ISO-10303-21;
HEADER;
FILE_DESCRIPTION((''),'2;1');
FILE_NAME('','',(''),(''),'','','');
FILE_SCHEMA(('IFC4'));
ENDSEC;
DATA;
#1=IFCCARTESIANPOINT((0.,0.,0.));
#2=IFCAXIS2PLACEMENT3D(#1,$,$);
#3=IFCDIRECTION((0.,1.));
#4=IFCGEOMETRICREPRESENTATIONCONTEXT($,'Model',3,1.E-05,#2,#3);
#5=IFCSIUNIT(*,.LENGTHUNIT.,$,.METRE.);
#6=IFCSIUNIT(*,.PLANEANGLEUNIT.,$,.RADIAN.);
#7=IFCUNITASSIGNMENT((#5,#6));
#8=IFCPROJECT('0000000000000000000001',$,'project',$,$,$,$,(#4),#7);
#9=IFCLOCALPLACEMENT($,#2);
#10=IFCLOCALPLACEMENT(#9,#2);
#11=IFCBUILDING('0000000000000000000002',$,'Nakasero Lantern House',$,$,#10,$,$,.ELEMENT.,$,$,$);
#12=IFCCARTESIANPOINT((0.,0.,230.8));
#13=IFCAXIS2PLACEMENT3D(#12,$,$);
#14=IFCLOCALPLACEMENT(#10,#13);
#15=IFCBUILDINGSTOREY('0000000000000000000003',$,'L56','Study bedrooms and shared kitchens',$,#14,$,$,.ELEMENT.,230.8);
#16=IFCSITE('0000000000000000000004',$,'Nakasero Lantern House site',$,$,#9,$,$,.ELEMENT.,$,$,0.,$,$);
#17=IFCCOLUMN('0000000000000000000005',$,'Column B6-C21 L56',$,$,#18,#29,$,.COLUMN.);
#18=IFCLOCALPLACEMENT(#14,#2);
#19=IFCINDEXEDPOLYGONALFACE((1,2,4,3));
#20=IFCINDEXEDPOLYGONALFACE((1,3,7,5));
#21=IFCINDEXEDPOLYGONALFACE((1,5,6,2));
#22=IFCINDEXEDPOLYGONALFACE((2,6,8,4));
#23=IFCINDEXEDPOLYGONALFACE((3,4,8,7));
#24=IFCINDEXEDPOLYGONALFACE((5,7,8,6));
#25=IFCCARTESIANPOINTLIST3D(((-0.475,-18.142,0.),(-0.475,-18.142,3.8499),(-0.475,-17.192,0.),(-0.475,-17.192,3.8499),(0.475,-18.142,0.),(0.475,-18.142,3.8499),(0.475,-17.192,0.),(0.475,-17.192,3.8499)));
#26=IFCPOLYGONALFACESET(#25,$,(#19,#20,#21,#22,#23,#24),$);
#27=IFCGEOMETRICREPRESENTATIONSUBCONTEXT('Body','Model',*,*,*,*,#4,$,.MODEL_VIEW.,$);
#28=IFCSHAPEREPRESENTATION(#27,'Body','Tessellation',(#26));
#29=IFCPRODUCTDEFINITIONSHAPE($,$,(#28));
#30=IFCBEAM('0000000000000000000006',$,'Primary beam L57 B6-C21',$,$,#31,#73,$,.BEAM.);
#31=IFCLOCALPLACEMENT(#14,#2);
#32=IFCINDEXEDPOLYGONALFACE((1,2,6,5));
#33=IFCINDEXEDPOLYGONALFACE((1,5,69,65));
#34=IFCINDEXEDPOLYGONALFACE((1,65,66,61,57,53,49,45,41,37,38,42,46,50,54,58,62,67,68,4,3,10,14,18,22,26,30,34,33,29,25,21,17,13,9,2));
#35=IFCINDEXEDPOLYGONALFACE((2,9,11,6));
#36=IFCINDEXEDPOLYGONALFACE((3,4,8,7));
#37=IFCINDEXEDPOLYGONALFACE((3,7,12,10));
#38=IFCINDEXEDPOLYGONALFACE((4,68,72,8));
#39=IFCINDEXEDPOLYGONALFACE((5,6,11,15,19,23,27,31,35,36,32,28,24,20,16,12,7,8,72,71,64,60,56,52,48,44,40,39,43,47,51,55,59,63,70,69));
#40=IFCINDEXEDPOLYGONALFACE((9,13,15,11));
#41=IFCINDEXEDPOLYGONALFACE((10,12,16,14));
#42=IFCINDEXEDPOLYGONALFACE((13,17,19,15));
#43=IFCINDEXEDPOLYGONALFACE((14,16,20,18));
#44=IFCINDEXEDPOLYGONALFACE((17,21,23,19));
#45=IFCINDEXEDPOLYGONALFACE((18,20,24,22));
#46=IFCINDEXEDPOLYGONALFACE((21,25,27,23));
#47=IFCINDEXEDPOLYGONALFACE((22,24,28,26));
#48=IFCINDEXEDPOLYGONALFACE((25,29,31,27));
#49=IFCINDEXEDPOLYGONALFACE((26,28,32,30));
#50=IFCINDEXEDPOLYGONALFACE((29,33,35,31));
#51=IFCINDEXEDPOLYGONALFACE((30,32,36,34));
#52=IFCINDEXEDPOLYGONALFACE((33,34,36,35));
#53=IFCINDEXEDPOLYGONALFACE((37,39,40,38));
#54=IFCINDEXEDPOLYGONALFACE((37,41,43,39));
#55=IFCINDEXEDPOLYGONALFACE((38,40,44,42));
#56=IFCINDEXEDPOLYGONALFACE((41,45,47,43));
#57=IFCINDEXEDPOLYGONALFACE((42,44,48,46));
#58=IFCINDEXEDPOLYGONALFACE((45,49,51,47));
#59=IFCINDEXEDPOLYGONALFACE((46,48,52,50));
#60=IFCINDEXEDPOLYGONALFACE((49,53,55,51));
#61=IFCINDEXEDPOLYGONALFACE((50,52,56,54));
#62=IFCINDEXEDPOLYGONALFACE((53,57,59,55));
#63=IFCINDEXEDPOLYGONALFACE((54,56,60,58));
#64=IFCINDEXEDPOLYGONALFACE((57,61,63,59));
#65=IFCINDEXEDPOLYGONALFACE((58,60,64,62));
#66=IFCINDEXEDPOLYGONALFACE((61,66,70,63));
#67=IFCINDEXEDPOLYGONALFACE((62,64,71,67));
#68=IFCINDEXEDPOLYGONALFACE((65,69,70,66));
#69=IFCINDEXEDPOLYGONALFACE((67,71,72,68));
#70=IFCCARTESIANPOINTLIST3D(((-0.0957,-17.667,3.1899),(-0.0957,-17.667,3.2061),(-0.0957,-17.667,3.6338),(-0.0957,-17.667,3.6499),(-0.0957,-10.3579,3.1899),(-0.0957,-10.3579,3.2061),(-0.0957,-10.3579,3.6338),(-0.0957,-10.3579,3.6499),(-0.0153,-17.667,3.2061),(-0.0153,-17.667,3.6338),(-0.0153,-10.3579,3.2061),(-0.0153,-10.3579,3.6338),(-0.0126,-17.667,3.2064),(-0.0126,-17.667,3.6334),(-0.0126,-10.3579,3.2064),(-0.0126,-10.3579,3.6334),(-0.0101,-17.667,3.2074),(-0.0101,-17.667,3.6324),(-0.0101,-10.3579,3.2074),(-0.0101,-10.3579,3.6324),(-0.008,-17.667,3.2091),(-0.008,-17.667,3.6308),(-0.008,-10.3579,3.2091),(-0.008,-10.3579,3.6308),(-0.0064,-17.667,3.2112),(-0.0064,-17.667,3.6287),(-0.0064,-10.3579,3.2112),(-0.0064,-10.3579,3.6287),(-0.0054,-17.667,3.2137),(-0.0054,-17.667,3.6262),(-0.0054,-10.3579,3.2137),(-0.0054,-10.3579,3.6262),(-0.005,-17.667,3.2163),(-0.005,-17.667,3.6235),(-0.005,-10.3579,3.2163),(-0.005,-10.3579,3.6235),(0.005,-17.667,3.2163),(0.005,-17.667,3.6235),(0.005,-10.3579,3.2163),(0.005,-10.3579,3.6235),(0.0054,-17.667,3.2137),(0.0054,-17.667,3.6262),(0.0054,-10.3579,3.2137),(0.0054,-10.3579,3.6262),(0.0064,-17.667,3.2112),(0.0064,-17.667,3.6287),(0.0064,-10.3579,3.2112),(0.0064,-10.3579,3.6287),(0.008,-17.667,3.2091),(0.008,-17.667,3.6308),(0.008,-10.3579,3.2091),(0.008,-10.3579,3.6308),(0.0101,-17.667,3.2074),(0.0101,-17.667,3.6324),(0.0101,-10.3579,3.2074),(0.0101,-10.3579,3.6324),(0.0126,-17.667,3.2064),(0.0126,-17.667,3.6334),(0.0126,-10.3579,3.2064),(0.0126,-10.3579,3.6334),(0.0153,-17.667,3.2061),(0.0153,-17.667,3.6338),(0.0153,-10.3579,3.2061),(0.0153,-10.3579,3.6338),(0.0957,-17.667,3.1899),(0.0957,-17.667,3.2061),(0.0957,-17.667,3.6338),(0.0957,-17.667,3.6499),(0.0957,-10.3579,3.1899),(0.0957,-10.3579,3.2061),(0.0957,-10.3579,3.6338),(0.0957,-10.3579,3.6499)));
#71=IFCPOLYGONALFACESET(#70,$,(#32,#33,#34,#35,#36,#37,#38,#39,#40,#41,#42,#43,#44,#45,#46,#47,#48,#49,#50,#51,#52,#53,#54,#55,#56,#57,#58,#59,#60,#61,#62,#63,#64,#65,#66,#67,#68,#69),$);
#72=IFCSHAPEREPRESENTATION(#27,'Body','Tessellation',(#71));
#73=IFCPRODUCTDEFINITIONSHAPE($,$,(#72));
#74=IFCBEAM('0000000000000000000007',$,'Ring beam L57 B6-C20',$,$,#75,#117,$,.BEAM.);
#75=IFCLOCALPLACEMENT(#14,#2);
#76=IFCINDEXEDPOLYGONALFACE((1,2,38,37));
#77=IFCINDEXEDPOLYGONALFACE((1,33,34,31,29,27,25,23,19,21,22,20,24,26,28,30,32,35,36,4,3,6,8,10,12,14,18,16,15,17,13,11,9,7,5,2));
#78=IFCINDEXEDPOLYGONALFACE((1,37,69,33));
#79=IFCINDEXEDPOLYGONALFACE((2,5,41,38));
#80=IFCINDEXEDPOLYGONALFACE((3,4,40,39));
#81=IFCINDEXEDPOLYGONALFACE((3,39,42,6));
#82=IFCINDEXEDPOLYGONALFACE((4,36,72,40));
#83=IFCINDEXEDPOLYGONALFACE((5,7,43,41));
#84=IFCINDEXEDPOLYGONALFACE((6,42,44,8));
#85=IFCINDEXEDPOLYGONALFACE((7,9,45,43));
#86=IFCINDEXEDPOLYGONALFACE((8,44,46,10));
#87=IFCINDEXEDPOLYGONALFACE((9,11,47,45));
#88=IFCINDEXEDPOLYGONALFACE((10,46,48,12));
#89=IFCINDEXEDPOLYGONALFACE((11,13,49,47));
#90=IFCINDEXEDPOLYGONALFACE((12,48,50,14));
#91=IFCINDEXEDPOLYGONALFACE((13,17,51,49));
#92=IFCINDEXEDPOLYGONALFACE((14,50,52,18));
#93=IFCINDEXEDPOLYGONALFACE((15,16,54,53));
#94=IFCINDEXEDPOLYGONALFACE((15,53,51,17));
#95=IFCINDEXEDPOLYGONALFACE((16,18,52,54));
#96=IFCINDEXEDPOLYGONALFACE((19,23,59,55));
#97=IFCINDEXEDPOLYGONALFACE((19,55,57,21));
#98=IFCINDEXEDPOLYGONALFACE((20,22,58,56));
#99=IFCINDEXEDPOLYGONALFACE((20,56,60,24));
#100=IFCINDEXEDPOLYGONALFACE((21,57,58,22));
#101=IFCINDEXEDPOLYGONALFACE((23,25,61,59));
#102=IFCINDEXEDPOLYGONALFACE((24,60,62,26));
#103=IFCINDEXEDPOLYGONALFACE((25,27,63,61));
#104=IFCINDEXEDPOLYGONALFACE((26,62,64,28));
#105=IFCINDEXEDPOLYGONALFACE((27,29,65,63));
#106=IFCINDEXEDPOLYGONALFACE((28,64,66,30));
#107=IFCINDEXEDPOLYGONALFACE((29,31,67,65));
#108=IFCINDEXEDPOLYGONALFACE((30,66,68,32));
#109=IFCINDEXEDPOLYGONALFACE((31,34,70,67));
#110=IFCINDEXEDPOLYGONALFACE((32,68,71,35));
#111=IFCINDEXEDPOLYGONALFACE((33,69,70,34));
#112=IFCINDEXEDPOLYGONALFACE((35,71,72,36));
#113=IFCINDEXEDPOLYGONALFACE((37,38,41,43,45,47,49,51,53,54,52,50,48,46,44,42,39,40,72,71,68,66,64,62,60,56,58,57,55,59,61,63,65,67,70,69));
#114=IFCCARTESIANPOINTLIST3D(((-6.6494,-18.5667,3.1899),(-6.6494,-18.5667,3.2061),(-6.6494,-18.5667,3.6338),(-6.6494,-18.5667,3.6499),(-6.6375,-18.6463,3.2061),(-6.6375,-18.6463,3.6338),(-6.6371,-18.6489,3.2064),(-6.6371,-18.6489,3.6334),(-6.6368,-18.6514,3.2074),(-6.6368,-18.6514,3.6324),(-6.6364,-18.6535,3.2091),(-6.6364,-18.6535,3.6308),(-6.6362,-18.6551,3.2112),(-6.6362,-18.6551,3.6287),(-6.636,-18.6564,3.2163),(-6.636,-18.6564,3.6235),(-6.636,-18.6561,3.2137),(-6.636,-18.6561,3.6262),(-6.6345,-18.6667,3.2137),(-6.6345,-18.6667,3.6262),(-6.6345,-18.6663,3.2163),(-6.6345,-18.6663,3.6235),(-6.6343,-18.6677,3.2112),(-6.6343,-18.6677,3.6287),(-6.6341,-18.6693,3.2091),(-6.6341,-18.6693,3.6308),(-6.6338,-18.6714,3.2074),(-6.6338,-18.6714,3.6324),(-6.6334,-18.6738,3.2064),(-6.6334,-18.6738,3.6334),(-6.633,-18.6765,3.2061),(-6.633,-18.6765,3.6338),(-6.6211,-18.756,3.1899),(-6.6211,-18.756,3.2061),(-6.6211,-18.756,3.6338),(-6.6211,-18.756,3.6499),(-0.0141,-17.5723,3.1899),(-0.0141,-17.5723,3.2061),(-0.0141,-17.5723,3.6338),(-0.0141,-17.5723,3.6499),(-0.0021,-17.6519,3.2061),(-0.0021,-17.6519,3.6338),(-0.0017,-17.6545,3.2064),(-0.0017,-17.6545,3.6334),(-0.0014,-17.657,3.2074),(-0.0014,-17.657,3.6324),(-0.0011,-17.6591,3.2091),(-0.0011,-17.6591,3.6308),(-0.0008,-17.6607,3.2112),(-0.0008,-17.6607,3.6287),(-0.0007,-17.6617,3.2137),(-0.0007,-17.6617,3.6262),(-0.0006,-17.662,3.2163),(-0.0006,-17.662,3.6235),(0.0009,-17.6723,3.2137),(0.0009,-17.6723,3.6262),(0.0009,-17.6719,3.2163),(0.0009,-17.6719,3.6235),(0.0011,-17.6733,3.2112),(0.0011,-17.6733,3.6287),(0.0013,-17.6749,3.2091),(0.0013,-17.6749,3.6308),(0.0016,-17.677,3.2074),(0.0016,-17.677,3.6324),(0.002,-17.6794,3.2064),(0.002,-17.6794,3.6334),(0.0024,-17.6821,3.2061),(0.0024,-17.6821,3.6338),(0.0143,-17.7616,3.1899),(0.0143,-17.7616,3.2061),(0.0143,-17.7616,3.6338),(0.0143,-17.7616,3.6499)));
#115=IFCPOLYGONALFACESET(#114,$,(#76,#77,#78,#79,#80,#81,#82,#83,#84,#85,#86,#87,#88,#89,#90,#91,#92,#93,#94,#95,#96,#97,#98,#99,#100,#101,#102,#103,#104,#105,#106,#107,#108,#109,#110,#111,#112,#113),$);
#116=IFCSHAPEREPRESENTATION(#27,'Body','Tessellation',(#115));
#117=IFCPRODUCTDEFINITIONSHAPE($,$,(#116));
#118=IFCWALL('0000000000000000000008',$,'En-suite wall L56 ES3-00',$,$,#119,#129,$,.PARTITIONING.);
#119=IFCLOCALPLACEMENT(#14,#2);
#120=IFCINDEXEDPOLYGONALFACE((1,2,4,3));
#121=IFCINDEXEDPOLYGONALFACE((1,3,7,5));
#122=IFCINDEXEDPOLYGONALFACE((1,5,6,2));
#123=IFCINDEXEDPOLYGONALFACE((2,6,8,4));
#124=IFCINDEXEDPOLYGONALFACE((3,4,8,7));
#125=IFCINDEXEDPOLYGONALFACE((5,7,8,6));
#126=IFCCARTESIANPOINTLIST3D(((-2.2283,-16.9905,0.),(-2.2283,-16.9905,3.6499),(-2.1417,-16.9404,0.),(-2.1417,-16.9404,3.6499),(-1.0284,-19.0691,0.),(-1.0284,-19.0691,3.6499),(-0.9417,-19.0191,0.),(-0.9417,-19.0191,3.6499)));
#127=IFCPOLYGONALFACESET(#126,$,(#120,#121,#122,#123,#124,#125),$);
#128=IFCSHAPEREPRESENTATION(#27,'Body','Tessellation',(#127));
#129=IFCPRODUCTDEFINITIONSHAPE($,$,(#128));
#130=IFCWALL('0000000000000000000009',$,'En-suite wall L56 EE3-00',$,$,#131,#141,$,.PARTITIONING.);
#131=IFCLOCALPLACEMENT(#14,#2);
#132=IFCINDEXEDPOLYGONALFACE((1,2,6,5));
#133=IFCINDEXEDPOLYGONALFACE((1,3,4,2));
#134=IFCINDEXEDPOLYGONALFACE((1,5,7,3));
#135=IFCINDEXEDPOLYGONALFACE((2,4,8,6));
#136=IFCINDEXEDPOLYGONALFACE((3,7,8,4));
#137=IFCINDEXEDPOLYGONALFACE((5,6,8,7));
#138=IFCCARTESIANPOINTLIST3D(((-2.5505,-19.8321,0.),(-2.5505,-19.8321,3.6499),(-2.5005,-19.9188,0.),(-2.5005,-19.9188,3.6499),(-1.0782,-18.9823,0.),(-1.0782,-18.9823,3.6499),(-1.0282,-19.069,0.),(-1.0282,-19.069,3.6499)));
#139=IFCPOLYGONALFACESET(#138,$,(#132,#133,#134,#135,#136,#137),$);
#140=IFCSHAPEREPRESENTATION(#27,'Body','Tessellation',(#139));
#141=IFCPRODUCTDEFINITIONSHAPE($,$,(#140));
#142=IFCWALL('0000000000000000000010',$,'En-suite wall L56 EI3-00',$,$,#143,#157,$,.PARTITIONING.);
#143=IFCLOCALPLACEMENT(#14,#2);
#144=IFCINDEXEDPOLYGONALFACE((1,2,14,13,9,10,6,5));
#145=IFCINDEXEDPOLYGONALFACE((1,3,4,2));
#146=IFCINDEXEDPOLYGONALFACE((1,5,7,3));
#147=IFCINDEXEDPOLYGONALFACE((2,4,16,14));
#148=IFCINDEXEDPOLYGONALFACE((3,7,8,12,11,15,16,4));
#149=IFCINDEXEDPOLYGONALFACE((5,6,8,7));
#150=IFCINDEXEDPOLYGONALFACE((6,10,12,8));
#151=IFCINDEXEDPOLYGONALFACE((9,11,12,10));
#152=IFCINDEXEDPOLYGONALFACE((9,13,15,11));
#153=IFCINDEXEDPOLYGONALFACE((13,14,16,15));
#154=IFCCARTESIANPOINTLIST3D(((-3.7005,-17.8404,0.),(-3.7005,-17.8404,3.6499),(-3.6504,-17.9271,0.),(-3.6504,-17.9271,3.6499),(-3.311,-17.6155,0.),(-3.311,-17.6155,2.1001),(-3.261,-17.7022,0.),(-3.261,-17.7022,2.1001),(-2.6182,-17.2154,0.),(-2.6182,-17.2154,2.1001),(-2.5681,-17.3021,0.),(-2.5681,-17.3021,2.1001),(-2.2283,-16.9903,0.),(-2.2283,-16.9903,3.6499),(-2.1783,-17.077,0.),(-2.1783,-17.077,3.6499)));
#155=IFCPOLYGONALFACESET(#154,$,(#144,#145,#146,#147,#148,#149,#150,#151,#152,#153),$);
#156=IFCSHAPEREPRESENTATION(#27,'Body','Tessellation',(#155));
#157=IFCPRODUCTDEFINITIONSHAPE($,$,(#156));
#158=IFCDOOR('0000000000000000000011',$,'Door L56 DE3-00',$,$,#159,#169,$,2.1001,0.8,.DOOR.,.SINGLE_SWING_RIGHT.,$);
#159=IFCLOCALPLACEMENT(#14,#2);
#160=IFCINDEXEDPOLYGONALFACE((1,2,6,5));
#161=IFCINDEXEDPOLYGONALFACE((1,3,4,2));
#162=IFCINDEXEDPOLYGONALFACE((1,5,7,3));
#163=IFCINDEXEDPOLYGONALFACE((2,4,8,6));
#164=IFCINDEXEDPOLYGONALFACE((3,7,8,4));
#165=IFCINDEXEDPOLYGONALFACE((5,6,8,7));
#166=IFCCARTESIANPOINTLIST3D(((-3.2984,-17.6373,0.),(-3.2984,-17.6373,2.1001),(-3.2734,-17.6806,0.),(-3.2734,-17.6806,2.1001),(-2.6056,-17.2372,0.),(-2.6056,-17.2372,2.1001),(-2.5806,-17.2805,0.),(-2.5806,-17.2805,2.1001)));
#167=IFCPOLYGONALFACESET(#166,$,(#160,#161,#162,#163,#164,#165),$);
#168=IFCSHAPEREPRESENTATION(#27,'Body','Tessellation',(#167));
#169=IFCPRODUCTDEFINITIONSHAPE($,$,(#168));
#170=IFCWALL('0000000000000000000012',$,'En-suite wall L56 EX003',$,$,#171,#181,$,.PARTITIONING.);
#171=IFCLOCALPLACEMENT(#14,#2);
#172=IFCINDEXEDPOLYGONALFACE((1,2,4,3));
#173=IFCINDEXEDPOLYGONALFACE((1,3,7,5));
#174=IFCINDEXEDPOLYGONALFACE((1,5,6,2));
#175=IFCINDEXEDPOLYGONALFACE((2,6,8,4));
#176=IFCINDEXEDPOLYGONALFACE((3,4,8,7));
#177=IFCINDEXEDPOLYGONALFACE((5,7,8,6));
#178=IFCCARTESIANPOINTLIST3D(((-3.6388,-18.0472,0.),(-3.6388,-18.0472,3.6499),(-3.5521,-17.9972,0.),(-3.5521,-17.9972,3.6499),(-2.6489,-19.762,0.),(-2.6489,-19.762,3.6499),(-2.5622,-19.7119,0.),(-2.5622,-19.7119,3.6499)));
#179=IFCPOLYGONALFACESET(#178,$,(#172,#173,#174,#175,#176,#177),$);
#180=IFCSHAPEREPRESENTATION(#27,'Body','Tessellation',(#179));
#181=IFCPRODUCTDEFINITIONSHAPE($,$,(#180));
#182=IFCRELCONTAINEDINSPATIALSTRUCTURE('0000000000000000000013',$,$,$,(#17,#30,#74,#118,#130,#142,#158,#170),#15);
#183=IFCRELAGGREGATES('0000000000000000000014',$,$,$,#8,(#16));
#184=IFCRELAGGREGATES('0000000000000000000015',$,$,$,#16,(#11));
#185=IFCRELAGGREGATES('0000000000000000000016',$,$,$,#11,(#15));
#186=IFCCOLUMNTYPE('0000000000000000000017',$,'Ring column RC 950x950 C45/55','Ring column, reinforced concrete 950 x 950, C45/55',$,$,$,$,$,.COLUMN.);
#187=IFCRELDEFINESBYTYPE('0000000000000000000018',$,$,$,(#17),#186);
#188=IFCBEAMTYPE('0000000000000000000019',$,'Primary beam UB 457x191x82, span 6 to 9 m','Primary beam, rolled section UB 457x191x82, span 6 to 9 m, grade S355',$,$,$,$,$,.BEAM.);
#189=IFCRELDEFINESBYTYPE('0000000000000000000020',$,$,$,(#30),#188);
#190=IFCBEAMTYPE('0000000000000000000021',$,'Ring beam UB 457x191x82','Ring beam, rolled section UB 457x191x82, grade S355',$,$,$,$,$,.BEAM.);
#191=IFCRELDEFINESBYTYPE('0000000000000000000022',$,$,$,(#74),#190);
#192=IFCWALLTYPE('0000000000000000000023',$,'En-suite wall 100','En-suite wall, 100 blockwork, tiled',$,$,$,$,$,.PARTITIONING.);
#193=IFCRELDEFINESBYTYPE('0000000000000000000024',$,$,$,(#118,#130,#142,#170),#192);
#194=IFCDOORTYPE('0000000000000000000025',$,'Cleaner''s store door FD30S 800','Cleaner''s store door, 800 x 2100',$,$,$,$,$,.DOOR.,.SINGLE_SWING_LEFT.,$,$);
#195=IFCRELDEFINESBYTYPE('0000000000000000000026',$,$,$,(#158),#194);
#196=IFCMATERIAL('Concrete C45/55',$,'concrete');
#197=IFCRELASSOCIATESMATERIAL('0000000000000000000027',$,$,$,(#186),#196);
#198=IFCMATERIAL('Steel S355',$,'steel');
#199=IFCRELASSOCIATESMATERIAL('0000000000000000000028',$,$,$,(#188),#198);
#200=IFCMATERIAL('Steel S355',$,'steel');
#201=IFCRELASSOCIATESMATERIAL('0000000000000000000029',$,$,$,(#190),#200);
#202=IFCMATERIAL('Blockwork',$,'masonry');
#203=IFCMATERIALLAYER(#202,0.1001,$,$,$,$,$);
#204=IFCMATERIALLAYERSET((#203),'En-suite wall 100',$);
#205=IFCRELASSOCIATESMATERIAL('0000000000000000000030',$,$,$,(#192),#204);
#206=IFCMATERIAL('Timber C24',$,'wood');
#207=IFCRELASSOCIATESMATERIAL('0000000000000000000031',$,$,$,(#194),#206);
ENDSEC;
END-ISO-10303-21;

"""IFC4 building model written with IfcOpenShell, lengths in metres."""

from ifc_helpers import new_model, si_unit, direction, frame, frame_2d, origin, origin_2d, place, context, subcontext, project, spatial, rectangle, i_section, extrude, material, layer, layer_set, material_profile, profile_set, type_object, element, fill, save


model = new_model("IFC4")

# Units and contexts
model_context = context("Model", 3, precision=1e-05, world=origin(), true_north=direction((0.0, 1.0)))
body_context = subcontext(model_context, "Body", "Model", "MODEL_VIEW")
ifc_project = project(units=[si_unit("LENGTHUNIT", "METRE"), si_unit("PLANEANGLEUNIT", "RADIAN")], contexts=[model_context])

# Site, building, storey
site_placement = place(None, origin())
site = spatial("IfcSite", under=ifc_project, at=site_placement, Name="Nakasero Lantern House site", CompositionType="ELEMENT", RefElevation=0.0)
building_placement = place(site_placement, origin())
building = spatial("IfcBuilding", under=site, at=building_placement, Name="Nakasero Lantern House", CompositionType="ELEMENT")
storey_placement = place(building_placement, frame((0.0, 0.0, 230.8)))
storey = spatial("IfcBuildingStorey", under=building, at=storey_placement, Name="L56", Description="Study bedrooms and shared kitchens", CompositionType="ELEMENT", Elevation=230.8)

# Column
ifc_material_1 = material(Name="Concrete C45/55", Category="concrete")
ifc_material_profile_1 = material_profile(ifc_material_1, rectangle(XDim=0.95, YDim=0.95, at=origin_2d()), Name="RC 950x950")
ifc_profile_set_1 = profile_set([ifc_material_profile_1], Name="Concrete C45/55")
column_type = type_object("IfcColumnType", Name="Ring column RC 950x950 C45/55", Description="Ring column, reinforced concrete 950 x 950, C45/55", PredefinedType="COLUMN", material=ifc_profile_set_1)
column_placement = place(storey_placement, frame((0.0, -17.667, 0.0), z_axis=(0.0, 0.0, 1.0), x_axis=(1.0, 0.0, 0.0)))
element("IfcColumn", 1, at=column_placement, inside=storey, type_object=column_type, Name="Column B6-C21 L56", PredefinedType="COLUMN", context=body_context, shape_type="SweptSolid", body=[
    extrude(rectangle(XDim=0.95, YDim=0.95, at=origin_2d()), origin(), (0.0, 0.0, 1.0), 3.8499),
])

# Beams
ifc_material_2 = material(Name="Steel S355", Category="steel")
ifc_material_profile_2 = material_profile(ifc_material_2, i_section(OverallWidth=0.1914, OverallDepth=0.46, WebThickness=0.01, FlangeThickness=0.0161, FilletRadius=0.0103, at=origin_2d()), Name="UB 457x191x82")
ifc_profile_set_2 = profile_set([ifc_material_profile_2], Name="Steel S355")
beam_type_1 = type_object("IfcBeamType", Name="Primary beam UB 457x191x82, span 6 to 9 m", Description="Primary beam, rolled section UB 457x191x82, span 6 to 9 m, grade S355", PredefinedType="BEAM", material=ifc_profile_set_2)
beam_1_placement = place(storey_placement, frame((0.0, -17.667, 3.4199), z_axis=(0.0, 1.0, 0.0), x_axis=(-1.0, 0.0, 0.0)))
element("IfcBeam", 2, at=beam_1_placement, inside=storey, type_object=beam_type_1, Name="Primary beam L57 B6-C21", PredefinedType="BEAM", context=body_context, shape_type="SweptSolid", body=[
    extrude(i_section(OverallWidth=0.1914, OverallDepth=0.46, WebThickness=0.01, FlangeThickness=0.0161, FilletRadius=0.0103, at=origin_2d()), origin(), (0.0, 0.0, 1.0), 7.3091),
])
ifc_material_3 = material(Name="Steel S355", Category="steel")
ifc_material_profile_3 = material_profile(ifc_material_3, i_section(OverallWidth=0.1914, OverallDepth=0.46, WebThickness=0.01, FlangeThickness=0.0161, FilletRadius=0.0103, at=origin_2d()), Name="UB 457x191x82")
ifc_profile_set_3 = profile_set([ifc_material_profile_3], Name="Steel S355")
beam_type_2 = type_object("IfcBeamType", Name="Ring beam UB 457x191x82", Description="Ring beam, rolled section UB 457x191x82, grade S355", PredefinedType="BEAM", material=ifc_profile_set_3)
beam_2_placement = place(storey_placement, frame((-6.6353, -18.6614, 3.4199), z_axis=(0.988956, 0.148209, 0.0), x_axis=(-0.148209, 0.988956, 0.0)))
element("IfcBeam", 3, at=beam_2_placement, inside=storey, type_object=beam_type_2, Name="Ring beam L57 B6-C20", PredefinedType="BEAM", context=body_context, shape_type="SweptSolid", body=[
    extrude(i_section(OverallWidth=0.1914, OverallDepth=0.46, WebThickness=0.01, FlangeThickness=0.0161, FilletRadius=0.0103, at=origin_2d()), origin(), (0.0, 0.0, 1.0), 6.7095),
])

# Walls
ifc_material_4 = material(Name="Blockwork", Category="masonry")
ifc_layer_1 = layer(ifc_material_4, 0.1001)
ifc_layer_set_1 = layer_set([ifc_layer_1], Name="En-suite wall 100")
wall_type_1 = type_object("IfcWallType", Name="En-suite wall 100", Description="En-suite wall, 100 blockwork, tiled", PredefinedType="PARTITIONING", material=ifc_layer_set_1)
wall_1_placement = place(storey_placement, frame((-2.1851, -16.9653, 0.0), z_axis=(0.0, 0.0, 1.0), x_axis=(0.499957, -0.86605, 0.0)))
element("IfcWall", 4, at=wall_1_placement, inside=storey, type_object=wall_type_1, Name="En-suite wall L56 ES3-00", PredefinedType="PARTITIONING", context=body_context, shape_type="SweptSolid", body=[
    extrude(rectangle(XDim=2.4001, YDim=0.1001, at=frame_2d((1.2002, 0.0))), origin(), (0.0, 0.0, 1.0), 3.6499),
])
wall_2_placement = place(storey_placement, frame((-2.5256, -19.8755, 0.0), z_axis=(0.0, 0.0, 1.0), x_axis=(0.866088, 0.499892, 0.0)))
element("IfcWall", 5, at=wall_2_placement, inside=storey, type_object=wall_type_1, Name="En-suite wall L56 EE3-00", PredefinedType="PARTITIONING", context=body_context, shape_type="SweptSolid", body=[
    extrude(rectangle(XDim=1.7, YDim=0.1001, at=frame_2d((0.8501, 0.0))), origin(), (0.0, 0.0, 1.0), 3.6499),
])

# Wall, opening, door
wall_3_placement = place(storey_placement, frame((-3.6755, -17.8838, 0.0), z_axis=(0.0, 0.0, 1.0), x_axis=(0.865989, 0.500062, 0.0)))
wall_3 = element("IfcWall", 6, at=wall_3_placement, inside=storey, type_object=wall_type_1, Name="En-suite wall L56 EI3-00", PredefinedType="PARTITIONING", context=body_context, shape_type="SweptSolid", body=[
    extrude(rectangle(XDim=1.7, YDim=0.1001, at=frame_2d((0.8501, 0.0))), origin(), (0.0, 0.0, 1.0), 3.6499),
])
opening_1_placement = place(wall_3_placement, frame((0.45, 0.0, 0.0)))
opening_1 = element("IfcOpeningElement", 7, at=opening_1_placement, cuts=wall_3, PredefinedType="OPENING", context=body_context, shape_type="SweptSolid", body=[
    extrude(rectangle(XDim=0.8, YDim=2.1001, at=frame_2d((0.3999, 1.05))), frame((0.0, 0.0701, 0.0), z_axis=(0.0, -1.0, 0.0), x_axis=(1.0, 0.0, 0.0)), (0.0, 0.0, 1.0), 0.1401),
])
ifc_material_5 = material(Name="Timber C24", Category="wood")
door_type_1 = type_object("IfcDoorType", Name="Cleaner's store door FD30S 800", Description="Cleaner's store door, 800 x 2100", OperationType="SINGLE_SWING_LEFT", PredefinedType="DOOR", material=ifc_material_5)
door_1_placement = place(opening_1_placement, origin())
door_1 = element("IfcDoor", 8, at=door_1_placement, inside=storey, type_object=door_type_1, Name="Door L56 DE3-00", OperationType="SINGLE_SWING_RIGHT", OverallHeight=2.1001, OverallWidth=0.8, PredefinedType="DOOR", context=body_context, shape_type="SweptSolid", body=[
    extrude(rectangle(XDim=0.8, YDim=2.1001, at=frame_2d((0.3999, 1.05))), frame((0.0, 0.0249, 0.0), z_axis=(0.0, -1.0, 0.0), x_axis=(1.0, 0.0, 0.0)), (0.0, 0.0, 1.0), 0.05),
])
fill(opening_1, door_1)

# Wall
wall_4_placement = place(storey_placement, frame((-3.5955, -18.0222, 0.0), z_axis=(0.0, 0.0, 1.0), x_axis=(0.499971, -0.866042, 0.0)))
element("IfcWall", 9, at=wall_4_placement, inside=storey, type_object=wall_type_1, Name="En-suite wall L56 EX003", PredefinedType="PARTITIONING", context=body_context, shape_type="SweptSolid", body=[
    extrude(rectangle(XDim=1.98, YDim=0.1001, at=frame_2d((0.99, 0.0))), origin(), (0.0, 0.0, 1.0), 3.6499),
])

save(model, "model.ifc")
